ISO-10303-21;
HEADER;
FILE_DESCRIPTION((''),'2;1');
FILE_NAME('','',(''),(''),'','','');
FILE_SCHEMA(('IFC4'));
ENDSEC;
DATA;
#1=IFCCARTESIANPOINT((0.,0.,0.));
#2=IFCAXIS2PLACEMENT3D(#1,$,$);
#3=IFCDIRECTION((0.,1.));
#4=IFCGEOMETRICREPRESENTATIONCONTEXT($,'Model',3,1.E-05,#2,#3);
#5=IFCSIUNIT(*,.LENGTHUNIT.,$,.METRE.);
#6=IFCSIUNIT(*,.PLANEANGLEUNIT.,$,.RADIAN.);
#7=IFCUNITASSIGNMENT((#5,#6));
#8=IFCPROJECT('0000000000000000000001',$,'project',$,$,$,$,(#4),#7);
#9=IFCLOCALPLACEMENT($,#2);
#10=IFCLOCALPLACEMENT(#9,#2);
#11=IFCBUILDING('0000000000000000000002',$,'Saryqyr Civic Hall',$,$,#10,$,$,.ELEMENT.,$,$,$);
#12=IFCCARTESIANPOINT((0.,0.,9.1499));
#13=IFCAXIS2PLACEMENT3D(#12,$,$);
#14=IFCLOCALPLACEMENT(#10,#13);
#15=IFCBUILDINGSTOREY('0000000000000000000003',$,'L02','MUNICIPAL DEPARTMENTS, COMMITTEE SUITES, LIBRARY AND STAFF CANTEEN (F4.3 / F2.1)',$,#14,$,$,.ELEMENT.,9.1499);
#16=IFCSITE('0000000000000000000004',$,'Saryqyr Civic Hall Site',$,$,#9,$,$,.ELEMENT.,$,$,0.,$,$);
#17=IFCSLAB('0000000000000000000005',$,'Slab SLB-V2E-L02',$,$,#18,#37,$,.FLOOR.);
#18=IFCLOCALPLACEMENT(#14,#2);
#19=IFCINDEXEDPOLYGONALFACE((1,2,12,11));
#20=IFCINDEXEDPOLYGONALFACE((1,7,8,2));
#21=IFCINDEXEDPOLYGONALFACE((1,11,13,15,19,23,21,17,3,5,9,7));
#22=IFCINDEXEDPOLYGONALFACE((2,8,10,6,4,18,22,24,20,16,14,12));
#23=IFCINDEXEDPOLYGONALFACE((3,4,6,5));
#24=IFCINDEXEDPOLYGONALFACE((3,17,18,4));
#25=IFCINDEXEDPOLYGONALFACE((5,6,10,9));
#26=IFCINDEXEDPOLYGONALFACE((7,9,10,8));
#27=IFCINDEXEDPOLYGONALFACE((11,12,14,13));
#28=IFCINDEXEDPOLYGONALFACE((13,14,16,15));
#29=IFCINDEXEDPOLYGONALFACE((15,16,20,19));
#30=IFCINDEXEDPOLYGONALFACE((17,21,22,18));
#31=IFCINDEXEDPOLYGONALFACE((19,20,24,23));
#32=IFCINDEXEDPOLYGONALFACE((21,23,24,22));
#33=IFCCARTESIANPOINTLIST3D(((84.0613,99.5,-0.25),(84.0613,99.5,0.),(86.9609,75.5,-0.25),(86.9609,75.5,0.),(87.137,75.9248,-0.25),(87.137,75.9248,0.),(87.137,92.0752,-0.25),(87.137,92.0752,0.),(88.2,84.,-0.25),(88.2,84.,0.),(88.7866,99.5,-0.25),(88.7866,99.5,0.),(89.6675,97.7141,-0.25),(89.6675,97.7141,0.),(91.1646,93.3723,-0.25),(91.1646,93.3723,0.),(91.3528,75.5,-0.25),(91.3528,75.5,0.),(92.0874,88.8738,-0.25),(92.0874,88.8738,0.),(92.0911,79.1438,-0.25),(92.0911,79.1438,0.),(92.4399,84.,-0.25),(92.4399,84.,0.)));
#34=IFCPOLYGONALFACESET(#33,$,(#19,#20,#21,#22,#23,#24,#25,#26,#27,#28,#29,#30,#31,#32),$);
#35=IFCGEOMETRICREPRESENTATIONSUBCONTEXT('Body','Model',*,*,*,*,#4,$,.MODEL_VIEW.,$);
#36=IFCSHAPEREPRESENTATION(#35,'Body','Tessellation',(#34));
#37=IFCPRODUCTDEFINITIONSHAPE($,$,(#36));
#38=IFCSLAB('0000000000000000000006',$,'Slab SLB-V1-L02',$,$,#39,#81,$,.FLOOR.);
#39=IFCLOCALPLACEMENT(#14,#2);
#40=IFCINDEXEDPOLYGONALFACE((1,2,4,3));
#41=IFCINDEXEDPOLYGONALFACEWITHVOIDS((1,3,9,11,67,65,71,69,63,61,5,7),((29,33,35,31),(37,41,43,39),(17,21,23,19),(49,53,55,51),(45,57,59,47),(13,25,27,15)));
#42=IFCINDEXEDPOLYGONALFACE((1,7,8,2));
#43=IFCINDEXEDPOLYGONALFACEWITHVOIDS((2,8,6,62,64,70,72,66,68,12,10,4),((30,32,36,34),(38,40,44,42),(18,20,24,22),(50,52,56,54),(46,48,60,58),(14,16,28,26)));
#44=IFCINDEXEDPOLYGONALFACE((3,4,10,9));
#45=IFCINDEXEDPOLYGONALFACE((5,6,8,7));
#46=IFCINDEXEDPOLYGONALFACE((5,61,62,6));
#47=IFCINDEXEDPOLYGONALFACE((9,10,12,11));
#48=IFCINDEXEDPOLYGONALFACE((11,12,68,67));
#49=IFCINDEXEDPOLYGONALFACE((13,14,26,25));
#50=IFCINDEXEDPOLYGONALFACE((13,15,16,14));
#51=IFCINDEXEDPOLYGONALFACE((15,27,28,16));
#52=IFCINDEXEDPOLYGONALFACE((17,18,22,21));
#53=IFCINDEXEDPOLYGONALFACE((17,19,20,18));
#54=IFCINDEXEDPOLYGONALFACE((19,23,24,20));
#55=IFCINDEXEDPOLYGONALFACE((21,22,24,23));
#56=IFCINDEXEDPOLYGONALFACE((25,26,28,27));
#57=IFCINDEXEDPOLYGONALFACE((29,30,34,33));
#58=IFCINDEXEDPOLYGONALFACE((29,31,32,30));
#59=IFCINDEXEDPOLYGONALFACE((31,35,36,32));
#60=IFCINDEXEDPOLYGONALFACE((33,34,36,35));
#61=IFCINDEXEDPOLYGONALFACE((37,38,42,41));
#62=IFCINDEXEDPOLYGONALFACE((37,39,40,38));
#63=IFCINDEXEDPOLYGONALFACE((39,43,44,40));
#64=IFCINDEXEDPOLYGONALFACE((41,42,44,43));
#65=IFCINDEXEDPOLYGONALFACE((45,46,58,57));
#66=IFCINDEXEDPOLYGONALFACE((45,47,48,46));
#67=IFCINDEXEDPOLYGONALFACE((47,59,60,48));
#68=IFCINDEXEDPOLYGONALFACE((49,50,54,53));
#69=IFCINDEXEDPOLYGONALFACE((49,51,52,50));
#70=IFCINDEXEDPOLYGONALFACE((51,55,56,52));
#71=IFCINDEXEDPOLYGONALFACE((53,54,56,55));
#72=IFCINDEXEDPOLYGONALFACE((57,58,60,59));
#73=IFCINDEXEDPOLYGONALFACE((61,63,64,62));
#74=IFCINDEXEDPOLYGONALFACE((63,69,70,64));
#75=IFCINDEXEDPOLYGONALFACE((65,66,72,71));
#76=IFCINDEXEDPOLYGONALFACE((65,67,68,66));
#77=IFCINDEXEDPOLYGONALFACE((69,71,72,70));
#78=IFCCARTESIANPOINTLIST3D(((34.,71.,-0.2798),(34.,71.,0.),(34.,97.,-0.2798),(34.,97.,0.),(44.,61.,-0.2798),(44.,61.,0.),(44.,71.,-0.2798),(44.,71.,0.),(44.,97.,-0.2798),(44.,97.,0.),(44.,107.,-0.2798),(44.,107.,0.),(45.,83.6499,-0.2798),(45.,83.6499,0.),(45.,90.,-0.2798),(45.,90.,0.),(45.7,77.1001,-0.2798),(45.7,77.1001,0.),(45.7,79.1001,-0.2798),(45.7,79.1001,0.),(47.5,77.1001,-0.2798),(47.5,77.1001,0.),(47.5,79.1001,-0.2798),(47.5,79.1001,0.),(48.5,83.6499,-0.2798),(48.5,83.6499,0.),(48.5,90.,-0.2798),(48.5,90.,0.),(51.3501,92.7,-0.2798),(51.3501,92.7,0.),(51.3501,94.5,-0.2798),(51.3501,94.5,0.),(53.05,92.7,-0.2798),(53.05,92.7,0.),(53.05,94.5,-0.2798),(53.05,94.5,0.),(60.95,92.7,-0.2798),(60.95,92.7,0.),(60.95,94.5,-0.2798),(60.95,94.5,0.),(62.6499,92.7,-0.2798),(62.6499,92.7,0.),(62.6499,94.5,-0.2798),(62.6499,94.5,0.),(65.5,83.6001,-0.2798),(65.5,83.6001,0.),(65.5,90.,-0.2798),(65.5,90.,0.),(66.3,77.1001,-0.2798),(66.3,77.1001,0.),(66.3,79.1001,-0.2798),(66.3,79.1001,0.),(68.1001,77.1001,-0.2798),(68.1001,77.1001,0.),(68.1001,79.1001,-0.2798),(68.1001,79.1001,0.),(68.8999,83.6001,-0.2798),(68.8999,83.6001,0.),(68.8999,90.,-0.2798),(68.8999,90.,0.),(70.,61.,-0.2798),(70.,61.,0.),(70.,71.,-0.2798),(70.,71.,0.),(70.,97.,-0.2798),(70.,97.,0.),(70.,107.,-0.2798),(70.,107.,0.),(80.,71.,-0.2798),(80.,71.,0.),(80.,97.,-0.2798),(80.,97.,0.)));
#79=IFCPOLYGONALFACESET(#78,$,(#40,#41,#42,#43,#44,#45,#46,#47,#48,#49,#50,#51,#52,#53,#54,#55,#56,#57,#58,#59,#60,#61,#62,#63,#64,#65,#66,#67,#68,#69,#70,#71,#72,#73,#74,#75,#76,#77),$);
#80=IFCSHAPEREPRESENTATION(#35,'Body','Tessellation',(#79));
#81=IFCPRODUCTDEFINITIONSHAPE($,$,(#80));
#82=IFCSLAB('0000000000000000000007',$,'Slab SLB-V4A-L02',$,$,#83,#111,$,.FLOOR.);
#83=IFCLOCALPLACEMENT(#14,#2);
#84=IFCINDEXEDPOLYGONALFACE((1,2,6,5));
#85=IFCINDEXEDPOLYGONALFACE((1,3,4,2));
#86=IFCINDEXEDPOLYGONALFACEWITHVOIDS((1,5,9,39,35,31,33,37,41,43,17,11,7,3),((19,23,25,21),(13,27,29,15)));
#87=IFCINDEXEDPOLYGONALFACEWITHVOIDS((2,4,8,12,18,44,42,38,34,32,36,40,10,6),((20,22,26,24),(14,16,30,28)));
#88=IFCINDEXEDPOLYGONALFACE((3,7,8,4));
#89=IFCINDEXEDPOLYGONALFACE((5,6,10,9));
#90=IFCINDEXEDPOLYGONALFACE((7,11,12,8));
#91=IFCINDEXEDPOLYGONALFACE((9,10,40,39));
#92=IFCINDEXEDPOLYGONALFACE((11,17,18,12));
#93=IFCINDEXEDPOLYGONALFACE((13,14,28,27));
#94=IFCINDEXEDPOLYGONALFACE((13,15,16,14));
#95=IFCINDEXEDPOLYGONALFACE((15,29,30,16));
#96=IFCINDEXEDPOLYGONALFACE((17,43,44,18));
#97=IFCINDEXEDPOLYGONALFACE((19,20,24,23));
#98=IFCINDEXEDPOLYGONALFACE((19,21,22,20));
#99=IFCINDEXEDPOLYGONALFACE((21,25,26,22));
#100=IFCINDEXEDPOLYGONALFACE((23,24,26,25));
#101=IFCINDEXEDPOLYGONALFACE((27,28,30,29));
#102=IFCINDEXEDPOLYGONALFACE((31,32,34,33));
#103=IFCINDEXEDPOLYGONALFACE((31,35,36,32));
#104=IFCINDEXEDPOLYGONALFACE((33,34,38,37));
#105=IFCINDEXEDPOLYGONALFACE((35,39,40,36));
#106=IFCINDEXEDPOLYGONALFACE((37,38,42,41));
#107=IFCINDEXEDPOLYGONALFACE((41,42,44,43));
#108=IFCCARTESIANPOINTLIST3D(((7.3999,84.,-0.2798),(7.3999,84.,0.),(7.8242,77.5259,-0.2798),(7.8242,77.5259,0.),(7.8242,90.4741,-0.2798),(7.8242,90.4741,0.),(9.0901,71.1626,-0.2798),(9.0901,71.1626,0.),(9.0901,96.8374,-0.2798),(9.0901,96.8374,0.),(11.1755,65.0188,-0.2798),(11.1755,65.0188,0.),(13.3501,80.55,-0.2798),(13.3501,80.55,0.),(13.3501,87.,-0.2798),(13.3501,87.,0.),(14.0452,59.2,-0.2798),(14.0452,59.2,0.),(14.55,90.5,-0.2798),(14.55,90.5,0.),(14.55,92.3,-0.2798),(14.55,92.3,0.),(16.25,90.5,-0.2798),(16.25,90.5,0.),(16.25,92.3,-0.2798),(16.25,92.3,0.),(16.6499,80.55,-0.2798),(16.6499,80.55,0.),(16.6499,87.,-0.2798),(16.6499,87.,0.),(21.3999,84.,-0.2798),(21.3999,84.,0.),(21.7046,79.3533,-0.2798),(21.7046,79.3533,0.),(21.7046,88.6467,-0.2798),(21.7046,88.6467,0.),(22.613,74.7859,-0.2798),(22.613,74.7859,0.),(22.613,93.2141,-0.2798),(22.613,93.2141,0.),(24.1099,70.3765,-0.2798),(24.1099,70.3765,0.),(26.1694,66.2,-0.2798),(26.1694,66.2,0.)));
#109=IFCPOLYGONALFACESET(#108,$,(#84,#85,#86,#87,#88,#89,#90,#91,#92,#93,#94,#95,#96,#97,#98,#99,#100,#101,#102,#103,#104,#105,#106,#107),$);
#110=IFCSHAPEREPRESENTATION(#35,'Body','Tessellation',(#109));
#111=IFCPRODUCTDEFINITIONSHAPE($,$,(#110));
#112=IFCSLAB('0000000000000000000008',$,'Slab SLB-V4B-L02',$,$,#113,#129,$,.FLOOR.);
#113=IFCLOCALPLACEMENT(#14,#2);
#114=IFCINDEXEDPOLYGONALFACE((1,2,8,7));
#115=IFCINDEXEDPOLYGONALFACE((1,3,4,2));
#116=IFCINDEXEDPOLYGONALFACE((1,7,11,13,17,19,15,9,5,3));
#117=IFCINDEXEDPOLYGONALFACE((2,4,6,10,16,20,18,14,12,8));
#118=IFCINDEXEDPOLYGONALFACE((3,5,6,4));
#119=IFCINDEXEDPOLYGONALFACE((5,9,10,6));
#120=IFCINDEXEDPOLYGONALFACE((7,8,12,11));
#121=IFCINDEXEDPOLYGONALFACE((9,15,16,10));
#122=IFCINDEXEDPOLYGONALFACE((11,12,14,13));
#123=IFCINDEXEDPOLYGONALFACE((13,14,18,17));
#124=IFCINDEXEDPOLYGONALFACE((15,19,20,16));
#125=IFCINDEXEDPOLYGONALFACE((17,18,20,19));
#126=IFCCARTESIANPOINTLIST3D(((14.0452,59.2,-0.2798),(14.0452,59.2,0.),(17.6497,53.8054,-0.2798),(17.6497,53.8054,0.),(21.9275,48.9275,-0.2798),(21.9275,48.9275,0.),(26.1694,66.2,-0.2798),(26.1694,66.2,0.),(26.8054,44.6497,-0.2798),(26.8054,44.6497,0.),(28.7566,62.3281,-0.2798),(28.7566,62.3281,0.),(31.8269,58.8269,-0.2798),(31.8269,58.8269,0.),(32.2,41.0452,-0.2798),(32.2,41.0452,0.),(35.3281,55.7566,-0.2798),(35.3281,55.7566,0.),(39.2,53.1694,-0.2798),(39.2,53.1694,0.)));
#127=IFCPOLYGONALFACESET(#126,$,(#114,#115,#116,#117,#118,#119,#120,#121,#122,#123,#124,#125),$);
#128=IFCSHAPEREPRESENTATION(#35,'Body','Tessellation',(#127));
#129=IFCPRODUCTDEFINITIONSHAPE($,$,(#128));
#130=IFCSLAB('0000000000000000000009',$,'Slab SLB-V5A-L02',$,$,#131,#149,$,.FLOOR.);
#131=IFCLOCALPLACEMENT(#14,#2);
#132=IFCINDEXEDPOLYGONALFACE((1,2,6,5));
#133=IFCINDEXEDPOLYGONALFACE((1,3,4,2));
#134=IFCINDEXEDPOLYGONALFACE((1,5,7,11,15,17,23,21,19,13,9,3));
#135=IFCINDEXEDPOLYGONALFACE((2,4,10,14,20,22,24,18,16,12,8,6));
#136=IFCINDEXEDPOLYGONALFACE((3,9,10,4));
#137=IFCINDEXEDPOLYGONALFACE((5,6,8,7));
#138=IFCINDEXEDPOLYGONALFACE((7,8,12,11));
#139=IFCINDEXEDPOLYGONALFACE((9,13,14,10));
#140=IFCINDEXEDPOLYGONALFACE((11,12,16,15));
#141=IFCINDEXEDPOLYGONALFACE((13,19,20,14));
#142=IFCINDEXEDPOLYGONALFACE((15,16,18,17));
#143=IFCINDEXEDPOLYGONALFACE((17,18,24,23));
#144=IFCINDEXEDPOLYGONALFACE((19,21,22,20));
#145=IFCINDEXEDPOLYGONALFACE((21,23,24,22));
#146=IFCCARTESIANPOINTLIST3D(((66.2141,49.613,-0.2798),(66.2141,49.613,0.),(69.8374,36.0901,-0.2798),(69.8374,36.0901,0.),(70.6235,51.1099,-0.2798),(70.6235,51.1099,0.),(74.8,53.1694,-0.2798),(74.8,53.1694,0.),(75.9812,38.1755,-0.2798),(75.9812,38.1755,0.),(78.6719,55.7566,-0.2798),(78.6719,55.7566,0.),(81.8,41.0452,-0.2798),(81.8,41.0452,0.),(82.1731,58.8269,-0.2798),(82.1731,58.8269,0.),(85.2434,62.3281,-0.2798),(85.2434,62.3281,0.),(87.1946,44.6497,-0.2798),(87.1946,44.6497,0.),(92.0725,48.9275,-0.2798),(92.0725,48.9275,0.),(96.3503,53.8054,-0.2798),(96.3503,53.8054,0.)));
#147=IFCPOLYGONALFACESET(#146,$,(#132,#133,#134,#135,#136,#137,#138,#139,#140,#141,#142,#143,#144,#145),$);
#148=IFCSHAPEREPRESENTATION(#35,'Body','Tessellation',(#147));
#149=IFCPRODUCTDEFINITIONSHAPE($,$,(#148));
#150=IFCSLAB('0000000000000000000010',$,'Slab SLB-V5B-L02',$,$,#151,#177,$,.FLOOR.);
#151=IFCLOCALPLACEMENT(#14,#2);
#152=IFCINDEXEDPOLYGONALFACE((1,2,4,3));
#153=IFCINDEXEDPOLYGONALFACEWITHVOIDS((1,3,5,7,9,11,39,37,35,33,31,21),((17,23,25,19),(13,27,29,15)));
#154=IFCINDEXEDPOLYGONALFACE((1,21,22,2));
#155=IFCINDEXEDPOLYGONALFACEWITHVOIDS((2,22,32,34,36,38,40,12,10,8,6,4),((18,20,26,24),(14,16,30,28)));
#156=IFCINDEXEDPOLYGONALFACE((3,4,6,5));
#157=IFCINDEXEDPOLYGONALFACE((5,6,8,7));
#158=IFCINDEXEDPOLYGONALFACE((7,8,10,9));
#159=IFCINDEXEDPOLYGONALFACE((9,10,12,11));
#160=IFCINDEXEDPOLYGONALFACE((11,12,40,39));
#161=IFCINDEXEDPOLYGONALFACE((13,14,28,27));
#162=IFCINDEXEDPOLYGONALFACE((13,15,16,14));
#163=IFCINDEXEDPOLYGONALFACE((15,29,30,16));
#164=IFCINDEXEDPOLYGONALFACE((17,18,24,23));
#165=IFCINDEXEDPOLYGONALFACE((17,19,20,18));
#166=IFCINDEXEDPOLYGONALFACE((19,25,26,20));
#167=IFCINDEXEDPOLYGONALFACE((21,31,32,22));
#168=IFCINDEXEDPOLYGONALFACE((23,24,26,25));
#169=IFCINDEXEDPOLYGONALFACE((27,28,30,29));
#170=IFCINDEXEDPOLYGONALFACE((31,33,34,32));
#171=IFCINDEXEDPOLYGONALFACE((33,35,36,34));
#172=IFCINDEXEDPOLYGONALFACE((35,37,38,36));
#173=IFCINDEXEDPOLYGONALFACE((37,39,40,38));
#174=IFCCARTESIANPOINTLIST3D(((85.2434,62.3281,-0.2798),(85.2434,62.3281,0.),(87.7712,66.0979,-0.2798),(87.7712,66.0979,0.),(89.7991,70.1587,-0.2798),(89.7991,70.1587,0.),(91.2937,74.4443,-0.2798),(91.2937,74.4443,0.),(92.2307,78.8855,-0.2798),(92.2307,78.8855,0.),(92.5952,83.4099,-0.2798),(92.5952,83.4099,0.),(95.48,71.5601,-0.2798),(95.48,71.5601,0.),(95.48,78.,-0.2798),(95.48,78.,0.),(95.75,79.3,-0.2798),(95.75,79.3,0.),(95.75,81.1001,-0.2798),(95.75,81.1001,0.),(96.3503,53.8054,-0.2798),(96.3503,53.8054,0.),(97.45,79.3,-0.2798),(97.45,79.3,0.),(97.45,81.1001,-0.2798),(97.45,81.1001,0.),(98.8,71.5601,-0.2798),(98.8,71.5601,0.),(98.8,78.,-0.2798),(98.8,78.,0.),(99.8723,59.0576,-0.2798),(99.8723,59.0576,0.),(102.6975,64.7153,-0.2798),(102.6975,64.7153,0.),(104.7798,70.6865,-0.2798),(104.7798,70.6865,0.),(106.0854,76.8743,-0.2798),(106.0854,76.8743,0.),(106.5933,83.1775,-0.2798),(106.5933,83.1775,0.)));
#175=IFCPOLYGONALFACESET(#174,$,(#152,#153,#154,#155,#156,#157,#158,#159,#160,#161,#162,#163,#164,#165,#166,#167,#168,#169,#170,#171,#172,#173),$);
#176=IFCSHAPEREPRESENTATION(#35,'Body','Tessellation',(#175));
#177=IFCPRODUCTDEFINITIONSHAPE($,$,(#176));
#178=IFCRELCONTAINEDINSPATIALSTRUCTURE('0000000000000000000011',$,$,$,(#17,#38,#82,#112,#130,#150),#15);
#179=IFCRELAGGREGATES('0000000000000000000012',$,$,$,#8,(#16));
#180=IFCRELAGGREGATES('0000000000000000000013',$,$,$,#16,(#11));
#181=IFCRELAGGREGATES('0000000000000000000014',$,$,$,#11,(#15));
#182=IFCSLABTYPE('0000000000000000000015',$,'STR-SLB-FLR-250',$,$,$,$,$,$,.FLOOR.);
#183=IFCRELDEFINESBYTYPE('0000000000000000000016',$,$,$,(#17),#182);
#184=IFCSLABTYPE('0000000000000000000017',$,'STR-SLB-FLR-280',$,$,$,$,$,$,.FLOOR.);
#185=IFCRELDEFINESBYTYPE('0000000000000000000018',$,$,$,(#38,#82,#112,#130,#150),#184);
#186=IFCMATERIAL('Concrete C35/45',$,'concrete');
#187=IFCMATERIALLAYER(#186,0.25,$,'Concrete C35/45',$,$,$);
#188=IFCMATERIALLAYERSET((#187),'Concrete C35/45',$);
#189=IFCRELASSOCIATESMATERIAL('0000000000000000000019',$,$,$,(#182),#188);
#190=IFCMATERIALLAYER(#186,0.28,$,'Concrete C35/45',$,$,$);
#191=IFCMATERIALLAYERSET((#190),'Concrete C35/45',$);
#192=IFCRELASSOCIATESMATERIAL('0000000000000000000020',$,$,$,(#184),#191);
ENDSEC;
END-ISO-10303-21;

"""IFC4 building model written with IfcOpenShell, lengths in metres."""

from ifc_helpers import new_model, si_unit, direction, frame, origin, place, context, subcontext, project, spatial, polyline, outline, extrude, material, layer, layer_set, type_object, element, save


model = new_model("IFC4")

# Units and contexts
model_context = context("Model", 3, precision=1e-05, world=origin(), true_north=direction((0.0, 1.0)))
body_context = subcontext(model_context, "Body", "Model", "MODEL_VIEW")
ifc_project = project(units=[si_unit("LENGTHUNIT", "METRE"), si_unit("PLANEANGLEUNIT", "RADIAN")], contexts=[model_context])

# Site, building, storey
site_placement = place(None, origin())
site = spatial("IfcSite", under=ifc_project, at=site_placement, Name="Saryqyr Civic Hall Site", CompositionType="ELEMENT", RefElevation=0.0)
building_placement = place(site_placement, origin())
building = spatial("IfcBuilding", under=site, at=building_placement, Name="Saryqyr Civic Hall", CompositionType="ELEMENT")
storey_placement = place(building_placement, frame((0.0, 0.0, 9.1499)))
storey = spatial("IfcBuildingStorey", under=building, at=storey_placement, Name="L02", Description="MUNICIPAL DEPARTMENTS, COMMITTEE SUITES, LIBRARY AND STAFF CANTEEN (F4.3 / F2.1)", CompositionType="ELEMENT", Elevation=9.1499)

# Slabs
ifc_material_1 = material(Name="Concrete C35/45", Category="concrete")
ifc_layer_1 = layer(ifc_material_1, 0.25, Name="Concrete C35/45")
ifc_layer_set_1 = layer_set([ifc_layer_1], Name="Concrete C35/45")
slab_type_1 = type_object("IfcSlabType", Name="STR-SLB-FLR-250", PredefinedType="FLOOR", material=ifc_layer_set_1)
slab_1_placement = place(storey_placement, frame((0.0, 0.0, -0.25)))
element("IfcSlab", 1, at=slab_1_placement, inside=storey, type_object=slab_type_1, Name="Slab SLB-V2E-L02", PredefinedType="FLOOR", context=body_context, shape_type="SweptSolid", body=[
    extrude(outline(polyline([(89.6675, 97.7141), (91.1646, 93.3723), (92.0874, 88.8738), (92.4399, 84.0), (92.0911, 79.1438), (91.3528, 75.5), (86.9609, 75.5), (87.137, 75.9248), (88.2, 84.0), (87.137, 92.0752), (84.0613, 99.5), (88.7866, 99.5), (89.6675, 97.7141)])), origin(), (0.0, 0.0, 1.0), 0.25),
])
ifc_layer_2 = layer(ifc_material_1, 0.28, Name="Concrete C35/45")
ifc_layer_set_2 = layer_set([ifc_layer_2], Name="Concrete C35/45")
slab_type_2 = type_object("IfcSlabType", Name="STR-SLB-FLR-280", PredefinedType="FLOOR", material=ifc_layer_set_2)
slab_2_placement = place(storey_placement, frame((0.0, 0.0, -0.2798)))
element("IfcSlab", 2, at=slab_2_placement, inside=storey, type_object=slab_type_2, Name="Slab SLB-V1-L02", PredefinedType="FLOOR", context=body_context, shape_type="SweptSolid", body=[
    extrude(outline(polyline([(44.0, 71.0), (34.0, 71.0), (34.0, 97.0), (44.0, 97.0), (44.0, 107.0), (70.0, 107.0), (70.0, 97.0), (80.0, 97.0), (80.0, 71.0), (70.0, 71.0), (70.0, 61.0), (44.0, 61.0), (44.0, 71.0)]), holes=[polyline([(47.5, 79.1001), (45.7, 79.1001), (45.7, 77.1001), (47.5, 77.1001), (47.5, 79.1001)]), polyline([(48.5, 90.0), (45.0, 90.0), (45.0, 83.6499), (48.5, 83.6499), (48.5, 90.0)]), polyline([(53.05, 92.7), (53.05, 94.5), (51.3501, 94.5), (51.3501, 92.7), (53.05, 92.7)]), polyline([(68.1001, 77.1001), (68.1001, 79.1001), (66.3, 79.1001), (66.3, 77.1001), (68.1001, 77.1001)]), polyline([(68.8999, 90.0), (65.5, 90.0), (65.5, 83.6001), (68.8999, 83.6001), (68.8999, 90.0)]), polyline([(62.6499, 92.7), (62.6499, 94.5), (60.95, 94.5), (60.95, 92.7), (62.6499, 92.7)])]), origin(), (0.0, 0.0, 1.0), 0.2798),
])
slab_3_placement = place(storey_placement, frame((0.0, 0.0, -0.2798)))
element("IfcSlab", 3, at=slab_3_placement, inside=storey, type_object=slab_type_2, Name="Slab SLB-V4A-L02", PredefinedType="FLOOR", context=body_context, shape_type="SweptSolid", body=[
    extrude(outline(polyline([(21.7046, 88.6467), (21.3999, 84.0), (21.7046, 79.3533), (22.613, 74.7859), (24.1099, 70.3765), (26.1694, 66.2), (14.0452, 59.2), (11.1755, 65.0188), (9.0901, 71.1626), (7.8242, 77.5259), (7.3999, 84.0), (7.8242, 90.4741), (9.0901, 96.8374), (22.613, 93.2141), (21.7046, 88.6467)]), holes=[polyline([(16.6499, 87.0), (13.3501, 87.0), (13.3501, 80.55), (16.6499, 80.55), (16.6499, 87.0)]), polyline([(16.25, 90.5), (16.25, 92.3), (14.55, 92.3), (14.55, 90.5), (16.25, 90.5)])]), origin(), (0.0, 0.0, 1.0), 0.2798),
])
slab_4_placement = place(storey_placement, frame((0.0, 0.0, -0.2798)))
element("IfcSlab", 4, at=slab_4_placement, inside=storey, type_object=slab_type_2, Name="Slab SLB-V4B-L02", PredefinedType="FLOOR", context=body_context, shape_type="SweptSolid", body=[
    extrude(outline(polyline([(28.7566, 62.3281), (31.8269, 58.8269), (35.3281, 55.7566), (39.2, 53.1694), (32.2, 41.0452), (26.8054, 44.6497), (21.9275, 48.9275), (17.6497, 53.8054), (14.0452, 59.2), (26.1694, 66.2), (28.7566, 62.3281)])), origin(), (0.0, 0.0, 1.0), 0.2798),
])
slab_5_placement = place(storey_placement, frame((0.0, 0.0, -0.2798)))
element("IfcSlab", 5, at=slab_5_placement, inside=storey, type_object=slab_type_2, Name="Slab SLB-V5A-L02", PredefinedType="FLOOR", context=body_context, shape_type="SweptSolid", body=[
    extrude(outline(polyline([(70.6235, 51.1099), (74.8, 53.1694), (78.6719, 55.7566), (82.1731, 58.8269), (85.2434, 62.3281), (96.3503, 53.8054), (92.0725, 48.9275), (87.1946, 44.6497), (81.8, 41.0452), (75.9812, 38.1755), (69.8374, 36.0901), (66.2141, 49.613), (70.6235, 51.1099)])), origin(), (0.0, 0.0, 1.0), 0.2798),
])
slab_6_placement = place(storey_placement, frame((0.0, 0.0, -0.2798)))
element("IfcSlab", 6, at=slab_6_placement, inside=storey, type_object=slab_type_2, Name="Slab SLB-V5B-L02", PredefinedType="FLOOR", context=body_context, shape_type="SweptSolid", body=[
    extrude(outline(polyline([(87.7712, 66.0979), (89.7991, 70.1587), (91.2937, 74.4443), (92.2307, 78.8855), (92.5952, 83.4099), (106.5933, 83.1775), (106.0854, 76.8743), (104.7798, 70.6865), (102.6975, 64.7153), (99.8723, 59.0576), (96.3503, 53.8054), (85.2434, 62.3281), (87.7712, 66.0979)]), holes=[polyline([(95.48, 78.0), (95.48, 71.5601), (98.8, 71.5601), (98.8, 78.0), (95.48, 78.0)]), polyline([(97.45, 79.3), (97.45, 81.1001), (95.75, 81.1001), (95.75, 79.3), (97.45, 79.3)])]), origin(), (0.0, 0.0, 1.0), 0.2798),
])

save(model, "model.ifc")
